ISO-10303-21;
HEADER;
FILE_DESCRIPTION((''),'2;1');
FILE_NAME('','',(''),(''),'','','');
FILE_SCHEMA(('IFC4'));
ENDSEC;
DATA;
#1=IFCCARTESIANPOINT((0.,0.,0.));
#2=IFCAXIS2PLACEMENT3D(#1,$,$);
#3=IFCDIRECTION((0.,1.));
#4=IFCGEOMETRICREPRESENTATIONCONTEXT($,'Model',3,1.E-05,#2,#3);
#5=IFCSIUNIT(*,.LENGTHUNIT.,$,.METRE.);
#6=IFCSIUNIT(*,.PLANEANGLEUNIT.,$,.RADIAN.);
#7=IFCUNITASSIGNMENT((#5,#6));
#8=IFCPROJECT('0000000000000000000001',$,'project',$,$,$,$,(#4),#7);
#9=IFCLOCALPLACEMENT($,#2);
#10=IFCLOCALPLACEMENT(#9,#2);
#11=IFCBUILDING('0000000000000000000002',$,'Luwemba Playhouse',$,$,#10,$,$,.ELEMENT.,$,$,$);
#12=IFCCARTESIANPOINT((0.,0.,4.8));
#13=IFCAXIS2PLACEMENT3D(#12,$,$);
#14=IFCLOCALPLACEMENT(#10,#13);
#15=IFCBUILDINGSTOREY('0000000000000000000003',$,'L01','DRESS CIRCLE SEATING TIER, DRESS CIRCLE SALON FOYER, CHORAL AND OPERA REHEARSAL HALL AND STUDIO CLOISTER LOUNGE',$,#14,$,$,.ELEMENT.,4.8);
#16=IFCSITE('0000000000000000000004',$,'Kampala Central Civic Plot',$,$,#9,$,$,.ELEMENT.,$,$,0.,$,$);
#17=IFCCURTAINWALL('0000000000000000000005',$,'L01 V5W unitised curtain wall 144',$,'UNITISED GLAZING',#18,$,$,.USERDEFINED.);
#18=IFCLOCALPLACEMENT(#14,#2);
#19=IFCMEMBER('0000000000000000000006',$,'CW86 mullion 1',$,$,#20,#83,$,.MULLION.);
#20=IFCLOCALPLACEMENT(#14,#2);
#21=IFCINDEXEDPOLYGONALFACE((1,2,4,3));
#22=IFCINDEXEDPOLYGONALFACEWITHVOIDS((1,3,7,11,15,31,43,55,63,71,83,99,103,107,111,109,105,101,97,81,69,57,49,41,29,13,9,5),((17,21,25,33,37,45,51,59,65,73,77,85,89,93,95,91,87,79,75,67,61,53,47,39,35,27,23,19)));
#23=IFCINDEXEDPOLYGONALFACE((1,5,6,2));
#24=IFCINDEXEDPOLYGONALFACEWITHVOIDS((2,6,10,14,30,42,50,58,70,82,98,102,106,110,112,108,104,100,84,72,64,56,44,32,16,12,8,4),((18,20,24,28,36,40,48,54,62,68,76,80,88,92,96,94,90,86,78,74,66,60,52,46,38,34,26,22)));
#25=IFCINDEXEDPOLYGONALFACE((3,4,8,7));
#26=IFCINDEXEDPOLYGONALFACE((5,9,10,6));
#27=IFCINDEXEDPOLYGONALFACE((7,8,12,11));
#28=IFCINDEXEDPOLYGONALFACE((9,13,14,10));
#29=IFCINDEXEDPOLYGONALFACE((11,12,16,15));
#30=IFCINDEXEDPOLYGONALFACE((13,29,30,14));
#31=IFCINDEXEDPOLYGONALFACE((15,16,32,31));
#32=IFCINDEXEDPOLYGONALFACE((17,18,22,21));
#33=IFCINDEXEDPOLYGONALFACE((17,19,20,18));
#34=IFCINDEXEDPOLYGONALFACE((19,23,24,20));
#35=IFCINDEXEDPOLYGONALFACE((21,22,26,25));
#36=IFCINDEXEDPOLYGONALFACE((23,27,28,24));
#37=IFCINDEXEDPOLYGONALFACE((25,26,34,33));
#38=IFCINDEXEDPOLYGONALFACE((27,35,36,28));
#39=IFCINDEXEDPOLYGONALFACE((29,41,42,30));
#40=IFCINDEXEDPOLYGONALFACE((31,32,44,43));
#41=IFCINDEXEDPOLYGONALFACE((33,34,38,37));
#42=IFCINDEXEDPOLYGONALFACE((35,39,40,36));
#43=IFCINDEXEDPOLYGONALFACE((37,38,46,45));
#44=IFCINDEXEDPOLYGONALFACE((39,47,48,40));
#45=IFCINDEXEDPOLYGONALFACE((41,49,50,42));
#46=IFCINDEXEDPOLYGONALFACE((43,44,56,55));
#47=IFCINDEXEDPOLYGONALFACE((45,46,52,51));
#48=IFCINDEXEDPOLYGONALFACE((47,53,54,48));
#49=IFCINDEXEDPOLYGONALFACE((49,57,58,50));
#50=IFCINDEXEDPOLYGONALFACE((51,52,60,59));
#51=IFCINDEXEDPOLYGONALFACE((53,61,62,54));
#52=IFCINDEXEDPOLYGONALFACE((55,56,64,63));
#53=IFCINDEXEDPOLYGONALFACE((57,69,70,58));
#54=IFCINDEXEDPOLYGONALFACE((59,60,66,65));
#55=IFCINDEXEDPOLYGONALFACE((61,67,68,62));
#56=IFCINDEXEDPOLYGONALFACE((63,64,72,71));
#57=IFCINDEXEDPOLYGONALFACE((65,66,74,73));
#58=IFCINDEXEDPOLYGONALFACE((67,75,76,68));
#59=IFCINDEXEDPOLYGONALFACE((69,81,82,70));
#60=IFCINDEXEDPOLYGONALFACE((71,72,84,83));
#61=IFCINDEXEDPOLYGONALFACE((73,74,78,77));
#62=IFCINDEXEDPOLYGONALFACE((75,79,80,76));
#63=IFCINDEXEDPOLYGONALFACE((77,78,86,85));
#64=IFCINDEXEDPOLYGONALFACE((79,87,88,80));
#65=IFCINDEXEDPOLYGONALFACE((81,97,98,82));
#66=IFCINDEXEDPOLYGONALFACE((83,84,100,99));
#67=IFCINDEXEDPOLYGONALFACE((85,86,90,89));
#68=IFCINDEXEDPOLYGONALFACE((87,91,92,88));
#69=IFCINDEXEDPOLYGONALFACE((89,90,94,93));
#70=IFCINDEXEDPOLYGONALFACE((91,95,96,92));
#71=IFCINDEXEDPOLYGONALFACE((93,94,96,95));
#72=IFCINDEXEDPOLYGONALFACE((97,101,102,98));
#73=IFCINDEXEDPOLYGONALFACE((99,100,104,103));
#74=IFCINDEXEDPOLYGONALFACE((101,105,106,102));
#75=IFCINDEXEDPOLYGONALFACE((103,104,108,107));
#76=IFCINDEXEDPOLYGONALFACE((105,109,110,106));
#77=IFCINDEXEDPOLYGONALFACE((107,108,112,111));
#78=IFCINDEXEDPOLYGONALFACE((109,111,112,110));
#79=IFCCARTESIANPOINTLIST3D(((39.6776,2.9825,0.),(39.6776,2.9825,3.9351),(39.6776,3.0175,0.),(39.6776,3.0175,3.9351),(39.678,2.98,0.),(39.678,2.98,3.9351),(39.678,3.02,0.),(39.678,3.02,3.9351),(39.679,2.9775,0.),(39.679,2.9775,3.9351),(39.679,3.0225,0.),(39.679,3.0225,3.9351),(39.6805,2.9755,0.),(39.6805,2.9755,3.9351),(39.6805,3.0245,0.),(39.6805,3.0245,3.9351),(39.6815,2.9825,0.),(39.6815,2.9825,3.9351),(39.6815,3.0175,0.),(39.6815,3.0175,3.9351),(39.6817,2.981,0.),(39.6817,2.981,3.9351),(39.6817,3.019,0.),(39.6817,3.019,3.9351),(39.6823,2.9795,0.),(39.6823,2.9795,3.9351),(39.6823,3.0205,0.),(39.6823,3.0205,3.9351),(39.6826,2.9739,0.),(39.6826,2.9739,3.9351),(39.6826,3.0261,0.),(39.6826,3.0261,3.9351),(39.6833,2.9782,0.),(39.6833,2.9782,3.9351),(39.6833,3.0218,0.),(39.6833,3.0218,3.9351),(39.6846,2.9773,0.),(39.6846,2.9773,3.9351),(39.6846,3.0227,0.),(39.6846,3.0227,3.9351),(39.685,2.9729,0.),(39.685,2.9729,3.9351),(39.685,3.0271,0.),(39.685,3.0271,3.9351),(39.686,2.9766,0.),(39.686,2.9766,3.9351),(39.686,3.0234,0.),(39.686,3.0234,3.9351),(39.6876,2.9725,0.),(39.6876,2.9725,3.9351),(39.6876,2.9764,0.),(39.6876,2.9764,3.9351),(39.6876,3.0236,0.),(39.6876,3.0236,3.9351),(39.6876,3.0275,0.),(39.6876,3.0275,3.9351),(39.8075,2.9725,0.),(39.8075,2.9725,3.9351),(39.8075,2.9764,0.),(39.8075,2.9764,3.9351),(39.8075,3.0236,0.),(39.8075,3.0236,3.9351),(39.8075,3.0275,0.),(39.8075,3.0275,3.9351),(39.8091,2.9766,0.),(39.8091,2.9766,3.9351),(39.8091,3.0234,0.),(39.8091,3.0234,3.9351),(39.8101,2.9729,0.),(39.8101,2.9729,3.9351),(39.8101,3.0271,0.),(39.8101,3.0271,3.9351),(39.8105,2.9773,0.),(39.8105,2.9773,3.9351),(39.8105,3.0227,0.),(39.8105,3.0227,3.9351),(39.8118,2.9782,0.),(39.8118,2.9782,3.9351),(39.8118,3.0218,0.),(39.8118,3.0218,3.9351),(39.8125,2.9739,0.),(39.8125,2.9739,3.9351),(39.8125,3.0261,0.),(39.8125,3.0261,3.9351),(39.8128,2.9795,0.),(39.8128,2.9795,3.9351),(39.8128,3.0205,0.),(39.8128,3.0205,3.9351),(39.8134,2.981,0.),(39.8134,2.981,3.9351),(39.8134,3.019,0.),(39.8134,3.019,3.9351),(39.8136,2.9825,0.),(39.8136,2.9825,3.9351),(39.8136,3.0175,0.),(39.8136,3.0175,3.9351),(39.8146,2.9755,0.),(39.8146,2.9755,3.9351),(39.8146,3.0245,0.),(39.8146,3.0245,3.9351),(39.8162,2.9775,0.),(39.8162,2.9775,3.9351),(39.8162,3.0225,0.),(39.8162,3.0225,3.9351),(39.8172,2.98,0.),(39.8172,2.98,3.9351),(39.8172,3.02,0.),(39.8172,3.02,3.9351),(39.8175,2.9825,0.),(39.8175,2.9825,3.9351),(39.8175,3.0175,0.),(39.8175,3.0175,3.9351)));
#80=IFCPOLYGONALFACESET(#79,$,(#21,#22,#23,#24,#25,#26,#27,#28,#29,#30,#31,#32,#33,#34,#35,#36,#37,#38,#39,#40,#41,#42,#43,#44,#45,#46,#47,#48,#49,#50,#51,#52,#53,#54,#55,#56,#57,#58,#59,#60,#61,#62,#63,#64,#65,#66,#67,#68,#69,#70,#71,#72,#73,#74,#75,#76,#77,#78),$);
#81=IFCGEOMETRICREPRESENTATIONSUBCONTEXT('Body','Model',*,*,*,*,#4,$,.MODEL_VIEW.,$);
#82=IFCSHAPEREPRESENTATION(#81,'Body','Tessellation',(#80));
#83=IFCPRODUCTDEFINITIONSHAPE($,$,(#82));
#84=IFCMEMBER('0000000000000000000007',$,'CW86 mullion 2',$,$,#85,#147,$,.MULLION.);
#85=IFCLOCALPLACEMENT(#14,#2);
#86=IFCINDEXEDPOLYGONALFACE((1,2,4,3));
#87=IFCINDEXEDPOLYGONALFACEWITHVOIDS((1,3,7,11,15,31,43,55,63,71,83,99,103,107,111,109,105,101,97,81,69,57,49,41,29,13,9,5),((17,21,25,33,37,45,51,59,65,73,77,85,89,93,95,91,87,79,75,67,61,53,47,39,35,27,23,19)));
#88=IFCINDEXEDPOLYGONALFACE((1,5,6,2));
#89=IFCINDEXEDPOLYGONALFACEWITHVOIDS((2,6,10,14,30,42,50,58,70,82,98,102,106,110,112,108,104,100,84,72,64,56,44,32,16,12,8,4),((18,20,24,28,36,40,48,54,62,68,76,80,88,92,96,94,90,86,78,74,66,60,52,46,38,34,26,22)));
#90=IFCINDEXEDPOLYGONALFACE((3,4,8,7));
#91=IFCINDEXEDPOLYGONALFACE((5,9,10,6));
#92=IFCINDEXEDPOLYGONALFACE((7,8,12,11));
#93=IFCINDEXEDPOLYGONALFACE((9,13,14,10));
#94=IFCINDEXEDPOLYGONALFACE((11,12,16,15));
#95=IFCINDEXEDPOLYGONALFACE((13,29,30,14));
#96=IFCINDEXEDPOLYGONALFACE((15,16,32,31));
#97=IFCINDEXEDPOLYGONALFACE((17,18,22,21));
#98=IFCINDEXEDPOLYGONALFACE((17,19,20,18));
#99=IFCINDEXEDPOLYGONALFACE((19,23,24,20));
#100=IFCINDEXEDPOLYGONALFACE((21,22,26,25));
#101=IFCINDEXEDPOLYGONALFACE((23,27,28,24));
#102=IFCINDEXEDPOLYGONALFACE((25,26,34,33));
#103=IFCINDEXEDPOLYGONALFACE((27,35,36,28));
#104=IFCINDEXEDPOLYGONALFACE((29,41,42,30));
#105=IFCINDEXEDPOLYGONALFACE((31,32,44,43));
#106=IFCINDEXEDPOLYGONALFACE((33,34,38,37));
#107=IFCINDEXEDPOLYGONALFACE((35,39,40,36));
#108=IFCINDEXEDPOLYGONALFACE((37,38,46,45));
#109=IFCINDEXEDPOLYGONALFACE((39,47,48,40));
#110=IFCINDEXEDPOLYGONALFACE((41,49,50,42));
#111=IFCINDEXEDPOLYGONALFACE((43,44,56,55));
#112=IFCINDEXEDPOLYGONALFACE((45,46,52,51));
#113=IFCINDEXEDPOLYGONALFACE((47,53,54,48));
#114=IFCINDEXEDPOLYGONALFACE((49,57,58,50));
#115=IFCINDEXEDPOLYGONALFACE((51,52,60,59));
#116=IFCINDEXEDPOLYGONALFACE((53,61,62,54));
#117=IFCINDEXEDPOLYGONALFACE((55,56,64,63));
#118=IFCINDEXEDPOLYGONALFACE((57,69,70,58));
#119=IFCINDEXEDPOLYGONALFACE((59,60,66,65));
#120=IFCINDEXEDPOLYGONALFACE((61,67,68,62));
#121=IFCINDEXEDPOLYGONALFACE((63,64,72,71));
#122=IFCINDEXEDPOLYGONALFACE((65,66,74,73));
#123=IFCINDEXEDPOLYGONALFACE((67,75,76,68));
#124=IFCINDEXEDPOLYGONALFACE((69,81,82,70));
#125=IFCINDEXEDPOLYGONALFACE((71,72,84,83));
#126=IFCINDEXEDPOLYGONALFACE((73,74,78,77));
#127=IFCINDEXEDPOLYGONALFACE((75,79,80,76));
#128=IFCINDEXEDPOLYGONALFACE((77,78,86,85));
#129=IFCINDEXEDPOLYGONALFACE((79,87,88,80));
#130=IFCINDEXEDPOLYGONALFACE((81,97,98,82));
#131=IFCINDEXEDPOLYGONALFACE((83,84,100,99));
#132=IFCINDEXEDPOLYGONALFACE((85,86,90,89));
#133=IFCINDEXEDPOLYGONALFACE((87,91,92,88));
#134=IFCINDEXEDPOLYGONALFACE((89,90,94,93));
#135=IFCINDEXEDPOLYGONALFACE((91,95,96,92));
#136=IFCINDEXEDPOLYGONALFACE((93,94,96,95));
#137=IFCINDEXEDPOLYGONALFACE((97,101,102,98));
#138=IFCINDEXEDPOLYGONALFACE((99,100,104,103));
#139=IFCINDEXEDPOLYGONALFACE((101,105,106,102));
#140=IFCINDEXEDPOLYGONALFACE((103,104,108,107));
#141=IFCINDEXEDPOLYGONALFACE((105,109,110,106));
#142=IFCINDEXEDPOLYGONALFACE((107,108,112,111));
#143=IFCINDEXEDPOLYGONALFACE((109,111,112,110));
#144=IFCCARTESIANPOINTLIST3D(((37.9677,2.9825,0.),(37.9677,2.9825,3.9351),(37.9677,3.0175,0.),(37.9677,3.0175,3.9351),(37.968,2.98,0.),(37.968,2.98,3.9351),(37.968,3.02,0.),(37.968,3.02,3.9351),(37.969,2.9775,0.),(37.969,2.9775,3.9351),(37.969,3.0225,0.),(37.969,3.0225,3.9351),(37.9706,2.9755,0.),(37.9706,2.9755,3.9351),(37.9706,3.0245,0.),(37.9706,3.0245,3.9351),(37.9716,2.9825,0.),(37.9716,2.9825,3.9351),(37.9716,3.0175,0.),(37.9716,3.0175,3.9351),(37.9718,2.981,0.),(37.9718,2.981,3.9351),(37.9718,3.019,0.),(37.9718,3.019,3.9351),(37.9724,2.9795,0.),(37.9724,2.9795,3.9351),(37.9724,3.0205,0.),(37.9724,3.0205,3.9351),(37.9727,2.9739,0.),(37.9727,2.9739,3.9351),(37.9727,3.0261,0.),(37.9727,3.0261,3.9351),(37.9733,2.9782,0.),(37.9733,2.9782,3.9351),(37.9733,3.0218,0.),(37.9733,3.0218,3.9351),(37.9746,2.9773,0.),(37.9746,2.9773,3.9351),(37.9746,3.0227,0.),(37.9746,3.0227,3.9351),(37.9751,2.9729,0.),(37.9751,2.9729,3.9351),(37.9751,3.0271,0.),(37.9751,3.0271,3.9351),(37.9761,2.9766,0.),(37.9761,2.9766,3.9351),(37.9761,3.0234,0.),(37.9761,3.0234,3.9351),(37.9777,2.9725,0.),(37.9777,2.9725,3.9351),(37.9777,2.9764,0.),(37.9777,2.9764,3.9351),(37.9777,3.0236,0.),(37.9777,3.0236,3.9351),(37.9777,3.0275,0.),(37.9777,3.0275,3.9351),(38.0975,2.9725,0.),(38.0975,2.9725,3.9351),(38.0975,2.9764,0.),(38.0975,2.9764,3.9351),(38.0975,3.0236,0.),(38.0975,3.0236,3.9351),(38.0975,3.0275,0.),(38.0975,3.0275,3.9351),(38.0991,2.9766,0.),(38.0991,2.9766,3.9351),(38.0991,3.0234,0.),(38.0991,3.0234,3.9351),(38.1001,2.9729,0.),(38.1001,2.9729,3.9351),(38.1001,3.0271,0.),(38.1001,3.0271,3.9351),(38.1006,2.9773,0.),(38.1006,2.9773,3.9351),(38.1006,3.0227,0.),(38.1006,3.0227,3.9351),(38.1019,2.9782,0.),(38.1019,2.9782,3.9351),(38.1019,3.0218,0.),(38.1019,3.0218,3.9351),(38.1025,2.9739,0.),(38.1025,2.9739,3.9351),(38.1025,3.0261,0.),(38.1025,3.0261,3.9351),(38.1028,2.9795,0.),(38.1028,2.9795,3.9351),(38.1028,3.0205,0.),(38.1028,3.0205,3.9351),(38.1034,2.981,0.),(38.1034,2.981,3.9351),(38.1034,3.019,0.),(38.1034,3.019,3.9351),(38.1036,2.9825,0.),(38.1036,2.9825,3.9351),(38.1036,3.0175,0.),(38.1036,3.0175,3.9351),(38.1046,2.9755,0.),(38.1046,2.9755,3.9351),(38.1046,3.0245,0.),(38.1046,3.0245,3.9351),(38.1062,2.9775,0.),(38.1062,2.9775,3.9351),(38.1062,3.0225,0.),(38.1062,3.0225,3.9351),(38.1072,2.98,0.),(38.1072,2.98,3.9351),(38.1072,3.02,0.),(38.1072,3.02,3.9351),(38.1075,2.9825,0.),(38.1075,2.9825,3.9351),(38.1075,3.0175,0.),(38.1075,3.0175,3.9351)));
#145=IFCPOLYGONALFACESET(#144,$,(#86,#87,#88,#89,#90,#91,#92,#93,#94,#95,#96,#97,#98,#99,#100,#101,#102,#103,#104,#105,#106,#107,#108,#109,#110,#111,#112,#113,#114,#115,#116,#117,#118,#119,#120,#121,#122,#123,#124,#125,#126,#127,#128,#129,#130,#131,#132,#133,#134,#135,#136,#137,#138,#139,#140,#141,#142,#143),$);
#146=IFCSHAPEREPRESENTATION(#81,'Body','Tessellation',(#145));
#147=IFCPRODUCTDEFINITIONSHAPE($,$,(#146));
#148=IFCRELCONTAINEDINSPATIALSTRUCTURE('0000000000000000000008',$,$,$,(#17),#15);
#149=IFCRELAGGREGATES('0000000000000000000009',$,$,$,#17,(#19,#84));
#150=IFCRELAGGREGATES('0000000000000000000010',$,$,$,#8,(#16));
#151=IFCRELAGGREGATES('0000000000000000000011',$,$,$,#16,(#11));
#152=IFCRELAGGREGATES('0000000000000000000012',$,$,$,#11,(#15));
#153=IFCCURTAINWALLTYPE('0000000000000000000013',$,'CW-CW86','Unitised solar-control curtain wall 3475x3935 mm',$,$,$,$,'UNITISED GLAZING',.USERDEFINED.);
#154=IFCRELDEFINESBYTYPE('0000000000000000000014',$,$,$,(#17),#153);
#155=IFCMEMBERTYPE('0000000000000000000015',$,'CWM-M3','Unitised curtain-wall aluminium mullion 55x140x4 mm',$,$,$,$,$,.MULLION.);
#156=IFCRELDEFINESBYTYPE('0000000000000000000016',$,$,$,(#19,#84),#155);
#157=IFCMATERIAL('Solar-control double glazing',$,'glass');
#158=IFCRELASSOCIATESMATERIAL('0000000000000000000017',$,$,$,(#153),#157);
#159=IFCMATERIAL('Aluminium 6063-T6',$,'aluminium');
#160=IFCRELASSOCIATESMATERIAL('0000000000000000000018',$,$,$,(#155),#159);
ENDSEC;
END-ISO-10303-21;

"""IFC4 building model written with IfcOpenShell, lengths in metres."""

from ifc_helpers import new_model, si_unit, direction, frame, origin, origin_2d, place, context, subcontext, project, spatial, hollow_rectangle, extrude, material, material_profile, profile_set, type_object, element, aggregate, save


model = new_model("IFC4")

# Units and contexts
model_context = context("Model", 3, precision=1e-05, world=origin(), true_north=direction((0.0, 1.0)))
body_context = subcontext(model_context, "Body", "Model", "MODEL_VIEW")
ifc_project = project(units=[si_unit("LENGTHUNIT", "METRE"), si_unit("PLANEANGLEUNIT", "RADIAN")], contexts=[model_context])

# Site, building, storey
site_placement = place(None, origin())
site = spatial("IfcSite", under=ifc_project, at=site_placement, Name="Kampala Central Civic Plot", CompositionType="ELEMENT", RefElevation=0.0)
building_placement = place(site_placement, origin())
building = spatial("IfcBuilding", under=site, at=building_placement, Name="Luwemba Playhouse", CompositionType="ELEMENT")
storey_placement = place(building_placement, frame((0.0, 0.0, 4.8)))
storey = spatial("IfcBuildingStorey", under=building, at=storey_placement, Name="L01", Description="DRESS CIRCLE SEATING TIER, DRESS CIRCLE SALON FOYER, CHORAL AND OPERA REHEARSAL HALL AND STUDIO CLOISTER LOUNGE", CompositionType="ELEMENT", Elevation=4.8)

# Curtain wall, members
ifc_material_1 = material(Name="Solar-control double glazing", Category="glass")
ifc_material_2 = material(Name="Aluminium 6063-T6", Category="aluminium")
curtain_wall_type_1 = type_object("IfcCurtainWallType", Name="CW-CW86", Description="Unitised solar-control curtain wall 3475x3935 mm", ElementType="UNITISED GLAZING", PredefinedType="USERDEFINED", material=ifc_material_1)
curtain_wall_1_placement = place(storey_placement, origin())
curtain_wall_1 = element("IfcCurtainWall", 1, at=curtain_wall_1_placement, inside=storey, type_object=curtain_wall_type_1, Name="L01 V5W unitised curtain wall 144", ObjectType="UNITISED GLAZING", PredefinedType="USERDEFINED")
ifc_material_profile_1 = material_profile(ifc_material_2, hollow_rectangle(XDim=0.0549, YDim=0.1399, WallThickness=0.0039, InnerFilletRadius=0.0061, OuterFilletRadius=0.01, at=origin_2d()))
ifc_profile_set_1 = profile_set([ifc_material_profile_1], Name="Aluminium 6063-T6")
member_type_1 = type_object("IfcMemberType", Name="CWM-M3", Description="Unitised curtain-wall aluminium mullion 55x140x4 mm", PredefinedType="MULLION", material=ifc_profile_set_1)
member_1_placement = place(storey_placement, frame((39.7476, 3.0, 0.0), z_axis=(0.0, 0.0, 1.0), x_axis=(0.0, -1.0, 0.0)))
member_1 = element("IfcMember", 2, at=member_1_placement, type_object=member_type_1, Name="CW86 mullion 1", PredefinedType="MULLION", context=body_context, shape_type="SweptSolid", body=[
    extrude(hollow_rectangle(XDim=0.0549, YDim=0.1399, WallThickness=0.0039, InnerFilletRadius=0.0061, OuterFilletRadius=0.01, at=origin_2d()), origin(), (0.0, 0.0, 1.0), 3.9351),
])
member_2_placement = place(storey_placement, frame((38.0376, 3.0, 0.0), z_axis=(0.0, 0.0, 1.0), x_axis=(0.0, -1.0, 0.0)))
member_2 = element("IfcMember", 3, at=member_2_placement, type_object=member_type_1, Name="CW86 mullion 2", PredefinedType="MULLION", context=body_context, shape_type="SweptSolid", body=[
    extrude(hollow_rectangle(XDim=0.0549, YDim=0.1399, WallThickness=0.0039, InnerFilletRadius=0.0061, OuterFilletRadius=0.01, at=origin_2d()), origin(), (0.0, 0.0, 1.0), 3.9351),
])

aggregate(curtain_wall_1, [member_1, member_2])

save(model, "model.ifc")
